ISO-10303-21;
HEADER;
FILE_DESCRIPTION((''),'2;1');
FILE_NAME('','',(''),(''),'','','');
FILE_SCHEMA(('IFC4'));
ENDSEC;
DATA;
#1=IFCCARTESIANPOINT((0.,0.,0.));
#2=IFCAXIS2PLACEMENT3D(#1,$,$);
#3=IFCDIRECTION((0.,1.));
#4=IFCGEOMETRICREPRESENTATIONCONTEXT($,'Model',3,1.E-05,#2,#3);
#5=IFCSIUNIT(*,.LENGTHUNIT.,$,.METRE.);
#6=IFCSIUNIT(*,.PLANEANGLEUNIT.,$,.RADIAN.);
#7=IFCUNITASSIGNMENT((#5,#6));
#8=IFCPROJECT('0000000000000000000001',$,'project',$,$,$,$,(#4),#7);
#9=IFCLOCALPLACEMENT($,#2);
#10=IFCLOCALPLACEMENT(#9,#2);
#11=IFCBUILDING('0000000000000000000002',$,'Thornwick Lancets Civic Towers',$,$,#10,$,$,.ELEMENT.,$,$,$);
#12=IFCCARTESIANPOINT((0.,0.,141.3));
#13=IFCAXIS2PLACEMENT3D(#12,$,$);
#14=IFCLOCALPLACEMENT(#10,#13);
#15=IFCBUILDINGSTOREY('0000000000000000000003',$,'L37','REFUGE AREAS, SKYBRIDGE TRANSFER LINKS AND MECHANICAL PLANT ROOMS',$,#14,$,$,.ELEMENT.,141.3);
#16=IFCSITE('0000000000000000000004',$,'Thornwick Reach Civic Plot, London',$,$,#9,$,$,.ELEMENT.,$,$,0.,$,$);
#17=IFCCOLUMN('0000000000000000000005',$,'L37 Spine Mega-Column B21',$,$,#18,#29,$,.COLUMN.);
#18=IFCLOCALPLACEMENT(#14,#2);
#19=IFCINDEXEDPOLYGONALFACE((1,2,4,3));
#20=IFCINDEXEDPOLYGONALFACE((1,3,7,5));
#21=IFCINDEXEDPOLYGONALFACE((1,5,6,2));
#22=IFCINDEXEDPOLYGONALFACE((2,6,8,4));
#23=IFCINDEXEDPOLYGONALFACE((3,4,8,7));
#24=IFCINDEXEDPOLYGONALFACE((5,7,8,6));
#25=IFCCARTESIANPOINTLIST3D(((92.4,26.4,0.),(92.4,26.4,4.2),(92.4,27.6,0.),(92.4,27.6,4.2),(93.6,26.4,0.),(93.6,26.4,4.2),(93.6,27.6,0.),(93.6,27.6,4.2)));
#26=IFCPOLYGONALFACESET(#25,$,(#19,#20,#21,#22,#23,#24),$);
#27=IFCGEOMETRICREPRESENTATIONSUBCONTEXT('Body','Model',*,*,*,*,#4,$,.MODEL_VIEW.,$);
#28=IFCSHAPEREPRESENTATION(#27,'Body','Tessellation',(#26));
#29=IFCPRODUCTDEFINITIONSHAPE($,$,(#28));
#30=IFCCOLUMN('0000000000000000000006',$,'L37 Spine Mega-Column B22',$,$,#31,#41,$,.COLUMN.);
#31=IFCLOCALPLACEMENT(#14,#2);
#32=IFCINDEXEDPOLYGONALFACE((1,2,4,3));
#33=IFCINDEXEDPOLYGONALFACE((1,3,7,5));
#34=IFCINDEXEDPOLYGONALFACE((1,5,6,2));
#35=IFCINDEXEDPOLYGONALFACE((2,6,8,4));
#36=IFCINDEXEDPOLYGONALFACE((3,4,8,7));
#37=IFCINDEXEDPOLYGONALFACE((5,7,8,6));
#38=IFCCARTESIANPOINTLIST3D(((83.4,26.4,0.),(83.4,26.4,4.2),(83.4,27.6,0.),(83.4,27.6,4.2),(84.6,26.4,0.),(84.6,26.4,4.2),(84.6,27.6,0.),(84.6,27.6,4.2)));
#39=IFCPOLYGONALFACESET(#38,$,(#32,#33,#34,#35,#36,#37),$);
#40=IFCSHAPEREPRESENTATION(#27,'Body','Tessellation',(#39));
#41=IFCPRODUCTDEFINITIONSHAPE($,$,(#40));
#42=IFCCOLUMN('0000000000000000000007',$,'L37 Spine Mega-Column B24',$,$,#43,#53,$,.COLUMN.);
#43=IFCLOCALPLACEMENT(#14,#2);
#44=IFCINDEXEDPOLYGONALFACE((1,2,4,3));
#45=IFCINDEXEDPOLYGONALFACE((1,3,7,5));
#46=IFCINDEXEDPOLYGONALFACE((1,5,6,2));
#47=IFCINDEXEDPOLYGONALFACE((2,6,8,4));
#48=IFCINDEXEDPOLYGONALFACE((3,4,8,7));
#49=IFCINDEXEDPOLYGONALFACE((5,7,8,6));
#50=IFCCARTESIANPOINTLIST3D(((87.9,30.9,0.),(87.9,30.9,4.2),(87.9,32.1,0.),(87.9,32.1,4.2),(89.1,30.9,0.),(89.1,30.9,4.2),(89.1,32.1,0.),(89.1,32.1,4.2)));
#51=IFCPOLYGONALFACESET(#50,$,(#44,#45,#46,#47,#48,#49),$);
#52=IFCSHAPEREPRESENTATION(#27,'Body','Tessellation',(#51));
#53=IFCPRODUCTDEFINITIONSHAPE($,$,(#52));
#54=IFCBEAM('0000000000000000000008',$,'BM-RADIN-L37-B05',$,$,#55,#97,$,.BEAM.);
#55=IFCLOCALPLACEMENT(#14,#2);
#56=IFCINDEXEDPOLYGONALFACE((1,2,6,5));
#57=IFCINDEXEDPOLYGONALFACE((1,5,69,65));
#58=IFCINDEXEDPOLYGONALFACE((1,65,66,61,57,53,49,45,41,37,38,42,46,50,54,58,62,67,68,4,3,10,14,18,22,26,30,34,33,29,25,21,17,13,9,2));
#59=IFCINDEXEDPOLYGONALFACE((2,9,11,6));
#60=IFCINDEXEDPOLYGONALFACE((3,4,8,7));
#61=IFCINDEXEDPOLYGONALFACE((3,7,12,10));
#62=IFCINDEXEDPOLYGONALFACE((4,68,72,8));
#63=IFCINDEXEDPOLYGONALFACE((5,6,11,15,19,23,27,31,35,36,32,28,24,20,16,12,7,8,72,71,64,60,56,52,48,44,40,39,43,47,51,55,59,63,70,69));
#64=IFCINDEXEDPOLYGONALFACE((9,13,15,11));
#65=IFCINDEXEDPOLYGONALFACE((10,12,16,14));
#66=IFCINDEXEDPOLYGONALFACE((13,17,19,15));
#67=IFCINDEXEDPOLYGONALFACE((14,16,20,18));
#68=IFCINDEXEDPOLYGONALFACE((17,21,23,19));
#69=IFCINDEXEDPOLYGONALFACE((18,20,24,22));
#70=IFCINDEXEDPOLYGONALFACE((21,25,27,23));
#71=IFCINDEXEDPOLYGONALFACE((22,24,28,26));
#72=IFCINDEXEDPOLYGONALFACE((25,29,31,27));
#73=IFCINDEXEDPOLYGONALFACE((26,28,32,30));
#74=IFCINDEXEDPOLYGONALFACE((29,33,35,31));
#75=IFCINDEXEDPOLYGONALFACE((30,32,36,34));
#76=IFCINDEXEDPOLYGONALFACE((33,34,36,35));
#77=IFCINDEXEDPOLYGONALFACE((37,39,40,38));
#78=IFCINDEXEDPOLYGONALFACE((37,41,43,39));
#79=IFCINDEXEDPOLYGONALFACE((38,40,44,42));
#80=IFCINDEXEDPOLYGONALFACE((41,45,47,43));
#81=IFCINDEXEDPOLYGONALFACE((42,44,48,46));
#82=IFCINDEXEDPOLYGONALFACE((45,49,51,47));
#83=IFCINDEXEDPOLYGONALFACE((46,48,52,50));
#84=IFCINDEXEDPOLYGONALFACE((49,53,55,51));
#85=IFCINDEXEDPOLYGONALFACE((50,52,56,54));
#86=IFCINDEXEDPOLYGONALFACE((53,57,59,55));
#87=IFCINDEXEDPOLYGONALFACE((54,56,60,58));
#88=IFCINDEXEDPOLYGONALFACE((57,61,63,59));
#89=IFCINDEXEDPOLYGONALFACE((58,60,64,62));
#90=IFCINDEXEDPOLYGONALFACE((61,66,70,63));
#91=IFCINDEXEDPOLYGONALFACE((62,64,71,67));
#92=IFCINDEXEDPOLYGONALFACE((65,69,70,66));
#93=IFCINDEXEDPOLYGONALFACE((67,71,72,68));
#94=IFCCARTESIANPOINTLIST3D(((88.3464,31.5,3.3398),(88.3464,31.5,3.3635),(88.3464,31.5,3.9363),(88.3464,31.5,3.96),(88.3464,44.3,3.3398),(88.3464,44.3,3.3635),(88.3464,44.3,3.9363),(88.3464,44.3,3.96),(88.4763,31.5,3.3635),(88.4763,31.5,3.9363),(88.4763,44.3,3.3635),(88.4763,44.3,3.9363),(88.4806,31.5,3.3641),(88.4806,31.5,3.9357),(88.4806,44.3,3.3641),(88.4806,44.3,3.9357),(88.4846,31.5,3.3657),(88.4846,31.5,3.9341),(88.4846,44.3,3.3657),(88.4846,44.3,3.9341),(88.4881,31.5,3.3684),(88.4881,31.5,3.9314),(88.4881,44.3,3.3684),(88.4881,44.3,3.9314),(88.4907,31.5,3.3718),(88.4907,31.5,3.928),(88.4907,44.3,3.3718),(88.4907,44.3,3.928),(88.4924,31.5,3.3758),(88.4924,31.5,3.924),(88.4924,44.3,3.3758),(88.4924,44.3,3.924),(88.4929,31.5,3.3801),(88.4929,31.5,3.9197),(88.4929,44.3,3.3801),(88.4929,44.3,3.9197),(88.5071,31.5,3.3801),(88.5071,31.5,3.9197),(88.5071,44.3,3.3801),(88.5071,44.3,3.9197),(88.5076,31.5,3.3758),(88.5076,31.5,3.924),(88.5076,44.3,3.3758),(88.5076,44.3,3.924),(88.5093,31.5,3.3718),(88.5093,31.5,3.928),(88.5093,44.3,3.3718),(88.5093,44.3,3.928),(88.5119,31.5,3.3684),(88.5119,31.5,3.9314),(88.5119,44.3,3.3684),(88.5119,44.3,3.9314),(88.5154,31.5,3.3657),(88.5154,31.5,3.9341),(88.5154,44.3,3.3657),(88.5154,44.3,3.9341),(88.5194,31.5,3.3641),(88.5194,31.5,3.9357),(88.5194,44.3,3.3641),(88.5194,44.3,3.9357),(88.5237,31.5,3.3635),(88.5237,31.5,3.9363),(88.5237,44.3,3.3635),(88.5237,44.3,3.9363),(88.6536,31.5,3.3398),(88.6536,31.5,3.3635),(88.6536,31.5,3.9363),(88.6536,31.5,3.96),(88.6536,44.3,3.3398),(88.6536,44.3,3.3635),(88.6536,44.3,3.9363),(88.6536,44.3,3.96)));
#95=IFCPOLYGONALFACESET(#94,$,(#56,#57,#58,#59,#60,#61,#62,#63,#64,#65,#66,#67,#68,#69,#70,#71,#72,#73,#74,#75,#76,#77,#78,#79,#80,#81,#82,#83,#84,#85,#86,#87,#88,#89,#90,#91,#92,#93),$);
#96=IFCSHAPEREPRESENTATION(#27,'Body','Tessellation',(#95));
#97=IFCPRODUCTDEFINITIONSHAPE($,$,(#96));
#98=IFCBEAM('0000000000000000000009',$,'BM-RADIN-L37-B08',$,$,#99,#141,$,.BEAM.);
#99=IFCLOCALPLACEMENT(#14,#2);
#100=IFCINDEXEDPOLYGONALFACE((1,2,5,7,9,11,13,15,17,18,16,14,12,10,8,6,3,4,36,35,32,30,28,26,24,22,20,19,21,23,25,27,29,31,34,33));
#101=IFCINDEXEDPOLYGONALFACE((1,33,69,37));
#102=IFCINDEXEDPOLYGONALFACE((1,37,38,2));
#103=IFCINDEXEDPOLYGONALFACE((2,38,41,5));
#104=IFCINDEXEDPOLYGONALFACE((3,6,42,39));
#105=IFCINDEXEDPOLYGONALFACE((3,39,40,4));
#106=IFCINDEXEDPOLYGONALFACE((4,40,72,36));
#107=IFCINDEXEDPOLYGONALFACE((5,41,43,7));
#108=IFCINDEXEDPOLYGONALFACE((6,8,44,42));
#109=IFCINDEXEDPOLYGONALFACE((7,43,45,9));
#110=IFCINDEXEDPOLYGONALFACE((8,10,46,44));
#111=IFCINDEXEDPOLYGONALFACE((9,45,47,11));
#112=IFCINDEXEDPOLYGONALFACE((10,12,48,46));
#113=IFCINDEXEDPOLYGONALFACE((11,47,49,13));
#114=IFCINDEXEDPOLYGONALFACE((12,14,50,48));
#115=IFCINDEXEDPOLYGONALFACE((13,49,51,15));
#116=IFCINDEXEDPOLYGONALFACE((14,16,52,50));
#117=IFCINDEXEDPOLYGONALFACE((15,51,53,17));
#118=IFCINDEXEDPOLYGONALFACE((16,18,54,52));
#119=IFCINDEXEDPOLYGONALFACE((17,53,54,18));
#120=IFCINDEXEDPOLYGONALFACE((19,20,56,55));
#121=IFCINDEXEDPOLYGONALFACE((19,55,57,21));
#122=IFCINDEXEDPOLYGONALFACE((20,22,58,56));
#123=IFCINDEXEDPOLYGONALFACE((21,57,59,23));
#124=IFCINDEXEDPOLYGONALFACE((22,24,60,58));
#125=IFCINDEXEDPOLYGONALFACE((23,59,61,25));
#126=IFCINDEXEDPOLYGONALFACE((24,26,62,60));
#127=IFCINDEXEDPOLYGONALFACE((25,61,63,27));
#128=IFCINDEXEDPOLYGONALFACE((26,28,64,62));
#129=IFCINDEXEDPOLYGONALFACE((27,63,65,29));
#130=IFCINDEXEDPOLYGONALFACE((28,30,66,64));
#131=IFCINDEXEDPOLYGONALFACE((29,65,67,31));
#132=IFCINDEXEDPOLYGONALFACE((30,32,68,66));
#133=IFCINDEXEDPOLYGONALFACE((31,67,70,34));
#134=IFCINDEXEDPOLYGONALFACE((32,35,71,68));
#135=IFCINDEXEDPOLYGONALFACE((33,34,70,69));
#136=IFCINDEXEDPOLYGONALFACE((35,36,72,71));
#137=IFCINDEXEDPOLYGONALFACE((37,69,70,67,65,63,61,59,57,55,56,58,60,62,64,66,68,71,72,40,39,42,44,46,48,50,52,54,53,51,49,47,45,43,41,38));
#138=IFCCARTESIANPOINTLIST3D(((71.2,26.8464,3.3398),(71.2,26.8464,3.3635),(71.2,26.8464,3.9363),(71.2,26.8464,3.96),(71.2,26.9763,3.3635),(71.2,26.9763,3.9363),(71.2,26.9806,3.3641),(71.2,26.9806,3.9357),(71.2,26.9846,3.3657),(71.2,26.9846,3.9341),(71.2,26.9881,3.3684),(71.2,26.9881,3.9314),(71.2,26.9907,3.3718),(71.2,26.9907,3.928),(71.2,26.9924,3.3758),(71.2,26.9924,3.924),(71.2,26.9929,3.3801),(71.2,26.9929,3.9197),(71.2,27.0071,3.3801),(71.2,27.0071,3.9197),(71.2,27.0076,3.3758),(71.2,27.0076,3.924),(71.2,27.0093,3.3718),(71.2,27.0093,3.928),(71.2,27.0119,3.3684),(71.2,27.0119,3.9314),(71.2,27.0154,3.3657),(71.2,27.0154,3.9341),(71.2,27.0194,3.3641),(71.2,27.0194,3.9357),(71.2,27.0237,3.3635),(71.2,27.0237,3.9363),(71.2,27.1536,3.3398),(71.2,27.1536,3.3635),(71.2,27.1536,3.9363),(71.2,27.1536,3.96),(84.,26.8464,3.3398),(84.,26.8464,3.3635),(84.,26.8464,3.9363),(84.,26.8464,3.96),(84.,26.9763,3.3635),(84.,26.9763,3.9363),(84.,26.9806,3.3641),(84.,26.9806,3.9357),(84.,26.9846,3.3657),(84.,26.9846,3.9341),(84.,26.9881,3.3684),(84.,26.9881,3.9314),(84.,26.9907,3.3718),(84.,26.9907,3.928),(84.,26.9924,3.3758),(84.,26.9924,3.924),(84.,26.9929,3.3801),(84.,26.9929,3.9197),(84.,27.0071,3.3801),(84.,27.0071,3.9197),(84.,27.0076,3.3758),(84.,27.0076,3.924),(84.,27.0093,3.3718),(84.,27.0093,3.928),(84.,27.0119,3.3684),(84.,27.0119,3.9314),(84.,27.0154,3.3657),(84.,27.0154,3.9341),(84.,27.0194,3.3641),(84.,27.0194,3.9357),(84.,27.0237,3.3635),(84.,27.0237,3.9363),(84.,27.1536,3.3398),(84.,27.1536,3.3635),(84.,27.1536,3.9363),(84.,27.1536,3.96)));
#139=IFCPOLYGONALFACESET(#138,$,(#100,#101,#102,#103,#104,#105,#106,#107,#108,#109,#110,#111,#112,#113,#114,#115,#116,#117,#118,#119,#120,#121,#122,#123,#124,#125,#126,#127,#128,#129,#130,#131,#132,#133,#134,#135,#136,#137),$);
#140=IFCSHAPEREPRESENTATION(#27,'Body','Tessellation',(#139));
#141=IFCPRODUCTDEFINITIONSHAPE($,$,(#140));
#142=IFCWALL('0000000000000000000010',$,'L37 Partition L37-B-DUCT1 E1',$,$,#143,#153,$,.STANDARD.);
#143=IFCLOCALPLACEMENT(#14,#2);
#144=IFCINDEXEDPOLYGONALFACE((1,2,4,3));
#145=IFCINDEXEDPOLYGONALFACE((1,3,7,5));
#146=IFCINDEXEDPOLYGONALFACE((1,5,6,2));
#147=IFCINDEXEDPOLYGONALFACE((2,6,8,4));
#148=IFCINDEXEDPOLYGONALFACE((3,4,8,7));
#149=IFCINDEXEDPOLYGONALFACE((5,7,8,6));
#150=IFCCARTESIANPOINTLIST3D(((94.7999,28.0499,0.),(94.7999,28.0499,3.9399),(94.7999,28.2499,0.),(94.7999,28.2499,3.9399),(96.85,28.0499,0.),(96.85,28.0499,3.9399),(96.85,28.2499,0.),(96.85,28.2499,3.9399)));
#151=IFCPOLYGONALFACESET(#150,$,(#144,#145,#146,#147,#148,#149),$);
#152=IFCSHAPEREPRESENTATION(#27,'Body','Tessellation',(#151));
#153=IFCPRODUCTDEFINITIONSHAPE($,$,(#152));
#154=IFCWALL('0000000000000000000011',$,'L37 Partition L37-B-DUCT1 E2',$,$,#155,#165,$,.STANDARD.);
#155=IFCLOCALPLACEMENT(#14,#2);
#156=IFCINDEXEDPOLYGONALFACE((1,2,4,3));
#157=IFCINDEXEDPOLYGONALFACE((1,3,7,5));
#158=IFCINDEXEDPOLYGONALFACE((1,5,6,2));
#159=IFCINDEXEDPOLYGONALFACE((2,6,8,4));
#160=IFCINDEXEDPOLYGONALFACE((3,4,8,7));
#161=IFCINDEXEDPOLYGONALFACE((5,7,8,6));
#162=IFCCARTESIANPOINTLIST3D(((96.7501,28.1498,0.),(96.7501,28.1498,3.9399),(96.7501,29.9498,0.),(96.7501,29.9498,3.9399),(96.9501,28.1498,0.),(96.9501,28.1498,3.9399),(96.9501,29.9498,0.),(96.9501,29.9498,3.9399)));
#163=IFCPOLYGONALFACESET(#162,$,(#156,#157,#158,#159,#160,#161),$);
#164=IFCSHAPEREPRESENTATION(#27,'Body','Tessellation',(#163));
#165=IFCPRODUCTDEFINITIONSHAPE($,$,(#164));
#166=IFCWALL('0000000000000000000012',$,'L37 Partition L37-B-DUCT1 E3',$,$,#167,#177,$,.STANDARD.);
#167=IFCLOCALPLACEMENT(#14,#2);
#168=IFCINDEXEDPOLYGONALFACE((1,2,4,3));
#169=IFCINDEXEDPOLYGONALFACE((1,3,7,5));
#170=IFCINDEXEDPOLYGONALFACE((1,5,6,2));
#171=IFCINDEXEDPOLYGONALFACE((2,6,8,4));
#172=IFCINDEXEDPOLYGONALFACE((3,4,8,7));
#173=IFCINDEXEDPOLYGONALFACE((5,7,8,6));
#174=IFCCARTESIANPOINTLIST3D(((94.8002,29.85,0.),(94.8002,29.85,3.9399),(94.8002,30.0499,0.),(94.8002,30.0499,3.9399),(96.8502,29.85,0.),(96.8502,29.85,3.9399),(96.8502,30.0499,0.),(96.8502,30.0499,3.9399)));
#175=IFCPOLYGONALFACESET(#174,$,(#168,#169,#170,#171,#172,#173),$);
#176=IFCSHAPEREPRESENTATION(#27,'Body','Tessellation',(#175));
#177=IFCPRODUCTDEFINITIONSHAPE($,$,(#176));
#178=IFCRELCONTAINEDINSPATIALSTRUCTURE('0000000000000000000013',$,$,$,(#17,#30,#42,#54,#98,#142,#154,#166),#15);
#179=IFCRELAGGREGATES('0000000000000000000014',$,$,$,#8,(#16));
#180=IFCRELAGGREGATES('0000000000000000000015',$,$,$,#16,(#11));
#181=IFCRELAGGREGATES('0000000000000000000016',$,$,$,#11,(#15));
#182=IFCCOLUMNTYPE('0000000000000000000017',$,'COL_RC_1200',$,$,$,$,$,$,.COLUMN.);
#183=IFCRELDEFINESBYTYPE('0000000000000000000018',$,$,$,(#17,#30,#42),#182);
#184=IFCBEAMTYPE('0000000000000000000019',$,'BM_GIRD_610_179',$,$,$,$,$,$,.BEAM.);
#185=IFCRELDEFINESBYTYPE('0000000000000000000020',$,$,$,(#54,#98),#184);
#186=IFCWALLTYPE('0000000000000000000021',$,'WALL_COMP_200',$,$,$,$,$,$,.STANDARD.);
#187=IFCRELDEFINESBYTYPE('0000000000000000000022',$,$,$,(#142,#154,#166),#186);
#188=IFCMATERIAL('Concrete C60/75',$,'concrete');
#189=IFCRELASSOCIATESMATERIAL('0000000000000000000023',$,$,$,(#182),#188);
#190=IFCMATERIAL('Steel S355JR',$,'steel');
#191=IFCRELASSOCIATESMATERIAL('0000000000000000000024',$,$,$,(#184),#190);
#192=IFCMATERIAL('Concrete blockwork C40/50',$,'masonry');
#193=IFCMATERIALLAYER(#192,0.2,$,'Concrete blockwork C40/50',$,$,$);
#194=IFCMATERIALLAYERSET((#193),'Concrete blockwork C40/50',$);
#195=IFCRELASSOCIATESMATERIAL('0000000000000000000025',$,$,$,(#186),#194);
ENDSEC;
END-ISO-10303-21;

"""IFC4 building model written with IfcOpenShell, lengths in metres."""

from ifc_helpers import new_model, si_unit, direction, frame, frame_2d, origin, origin_2d, place, context, subcontext, project, spatial, rectangle, i_section, extrude, material, layer, layer_set, material_profile, profile_set, type_object, element, save


model = new_model("IFC4")

# Units and contexts
model_context = context("Model", 3, precision=1e-05, world=origin(), true_north=direction((0.0, 1.0)))
body_context = subcontext(model_context, "Body", "Model", "MODEL_VIEW")
ifc_project = project(units=[si_unit("LENGTHUNIT", "METRE"), si_unit("PLANEANGLEUNIT", "RADIAN")], contexts=[model_context])

# Site, building, storey
site_placement = place(None, origin())
site = spatial("IfcSite", under=ifc_project, at=site_placement, Name="Thornwick Reach Civic Plot, London", CompositionType="ELEMENT", RefElevation=0.0)
building_placement = place(site_placement, origin())
building = spatial("IfcBuilding", under=site, at=building_placement, Name="Thornwick Lancets Civic Towers", CompositionType="ELEMENT")
storey_placement = place(building_placement, frame((0.0, 0.0, 141.3)))
storey = spatial("IfcBuildingStorey", under=building, at=storey_placement, Name="L37", Description="REFUGE AREAS, SKYBRIDGE TRANSFER LINKS AND MECHANICAL PLANT ROOMS", CompositionType="ELEMENT", Elevation=141.3)

# Columns
ifc_material_1 = material(Name="Concrete C60/75", Category="concrete")
ifc_material_profile_1 = material_profile(ifc_material_1, rectangle(XDim=1.2, YDim=1.2, at=origin_2d()), Name="RC 1200x1200")
ifc_profile_set_1 = profile_set([ifc_material_profile_1], Name="Concrete C60/75")
column_type = type_object("IfcColumnType", Name="COL_RC_1200", PredefinedType="COLUMN", material=ifc_profile_set_1)
for number, where, z_axis, x_axis, name in (
    (1, (93.0, 27.0, 0.0), (0.0, 0.0, 1.0), (1.0, 0.0, 0.0), "L37 Spine Mega-Column B21"),
    (2, (84.0, 27.0, 0.0), (0.0, 0.0, 1.0), (1.0, 0.0, 0.0), "L37 Spine Mega-Column B22"),
    (3, (88.5, 31.5, 0.0), (0.0, 0.0, 1.0), (1.0, 0.0, 0.0), "L37 Spine Mega-Column B24"),
):
    element("IfcColumn", number, at=place(storey_placement, frame(where, z_axis=z_axis, x_axis=x_axis)), inside=storey, type_object=column_type, Name=name, PredefinedType="COLUMN", context=body_context, shape_type="SweptSolid", body=[
        extrude(rectangle(XDim=1.2, YDim=1.2, at=origin_2d()), origin(), (0.0, 0.0, 1.0), 4.2),
    ])

# Beams
ifc_material_2 = material(Name="Steel S355JR", Category="steel")
ifc_material_profile_2 = material_profile(ifc_material_2, i_section(OverallWidth=0.3071, OverallDepth=0.6201, WebThickness=0.0142, FlangeThickness=0.0237, FilletRadius=0.0166, at=origin_2d()), Name="UKB 610x305x179")
ifc_profile_set_2 = profile_set([ifc_material_profile_2], Name="Steel S355JR")
beam_type = type_object("IfcBeamType", Name="BM_GIRD_610_179", PredefinedType="BEAM", material=ifc_profile_set_2)
for number, where, z_axis, x_axis, name in (
    (4, (88.5, 31.5, 3.6499), (0.0, 1.0, 0.0), (-1.0, 0.0, 0.0), "BM-RADIN-L37-B05"),
    (5, (84.0, 27.0, 3.6499), (-1.0, 0.0, 0.0), (0.0, -1.0, 0.0), "BM-RADIN-L37-B08"),
):
    element("IfcBeam", number, at=place(storey_placement, frame(where, z_axis=z_axis, x_axis=x_axis)), inside=storey, type_object=beam_type, Name=name, PredefinedType="BEAM", context=body_context, shape_type="SweptSolid", body=[
        extrude(i_section(OverallWidth=0.3071, OverallDepth=0.6201, WebThickness=0.0142, FlangeThickness=0.0237, FilletRadius=0.0166, at=origin_2d()), origin(), (0.0, 0.0, 1.0), 12.8),
    ])

# Walls
ifc_material_3 = material(Name="Concrete blockwork C40/50", Category="masonry")
ifc_layer_1 = layer(ifc_material_3, 0.2, Name="Concrete blockwork C40/50")
ifc_layer_set_1 = layer_set([ifc_layer_1], Name="Concrete blockwork C40/50")
wall_type_1 = type_object("IfcWallType", Name="WALL_COMP_200", PredefinedType="STANDARD", material=ifc_layer_set_1)
wall_1_placement = place(storey_placement, frame((94.8, 28.1499, 0.0), z_axis=(0.0, 0.0, 1.0), x_axis=(1.0, 0.0, 0.0)))
element("IfcWall", 6, at=wall_1_placement, inside=storey, type_object=wall_type_1, Name="L37 Partition L37-B-DUCT1 E1", PredefinedType="STANDARD", context=body_context, shape_type="SweptSolid", body=[
    extrude(rectangle(XDim=2.05, YDim=0.2, at=frame_2d((1.0249, 0.0))), origin(), (0.0, 0.0, 1.0), 3.9399),
])
wall_2_placement = place(storey_placement, frame((96.8501, 28.1499, 0.0), z_axis=(0.0, 0.0, 1.0), x_axis=(0.0, 1.0, 0.0)))
element("IfcWall", 7, at=wall_2_placement, inside=storey, type_object=wall_type_1, Name="L37 Partition L37-B-DUCT1 E2", PredefinedType="STANDARD", context=body_context, shape_type="SweptSolid", body=[
    extrude(rectangle(XDim=1.8, YDim=0.2, at=frame_2d((0.8999, 0.0))), origin(), (0.0, 0.0, 1.0), 3.9399),
])
wall_3_placement = place(storey_placement, frame((96.8501, 29.95, 0.0), z_axis=(0.0, 0.0, 1.0), x_axis=(-1.0, 0.0, 0.0)))
element("IfcWall", 8, at=wall_3_placement, inside=storey, type_object=wall_type_1, Name="L37 Partition L37-B-DUCT1 E3", PredefinedType="STANDARD", context=body_context, shape_type="SweptSolid", body=[
    extrude(rectangle(XDim=2.05, YDim=0.2, at=frame_2d((1.0249, 0.0))), origin(), (0.0, 0.0, 1.0), 3.9399),
])

save(model, "model.ifc")
